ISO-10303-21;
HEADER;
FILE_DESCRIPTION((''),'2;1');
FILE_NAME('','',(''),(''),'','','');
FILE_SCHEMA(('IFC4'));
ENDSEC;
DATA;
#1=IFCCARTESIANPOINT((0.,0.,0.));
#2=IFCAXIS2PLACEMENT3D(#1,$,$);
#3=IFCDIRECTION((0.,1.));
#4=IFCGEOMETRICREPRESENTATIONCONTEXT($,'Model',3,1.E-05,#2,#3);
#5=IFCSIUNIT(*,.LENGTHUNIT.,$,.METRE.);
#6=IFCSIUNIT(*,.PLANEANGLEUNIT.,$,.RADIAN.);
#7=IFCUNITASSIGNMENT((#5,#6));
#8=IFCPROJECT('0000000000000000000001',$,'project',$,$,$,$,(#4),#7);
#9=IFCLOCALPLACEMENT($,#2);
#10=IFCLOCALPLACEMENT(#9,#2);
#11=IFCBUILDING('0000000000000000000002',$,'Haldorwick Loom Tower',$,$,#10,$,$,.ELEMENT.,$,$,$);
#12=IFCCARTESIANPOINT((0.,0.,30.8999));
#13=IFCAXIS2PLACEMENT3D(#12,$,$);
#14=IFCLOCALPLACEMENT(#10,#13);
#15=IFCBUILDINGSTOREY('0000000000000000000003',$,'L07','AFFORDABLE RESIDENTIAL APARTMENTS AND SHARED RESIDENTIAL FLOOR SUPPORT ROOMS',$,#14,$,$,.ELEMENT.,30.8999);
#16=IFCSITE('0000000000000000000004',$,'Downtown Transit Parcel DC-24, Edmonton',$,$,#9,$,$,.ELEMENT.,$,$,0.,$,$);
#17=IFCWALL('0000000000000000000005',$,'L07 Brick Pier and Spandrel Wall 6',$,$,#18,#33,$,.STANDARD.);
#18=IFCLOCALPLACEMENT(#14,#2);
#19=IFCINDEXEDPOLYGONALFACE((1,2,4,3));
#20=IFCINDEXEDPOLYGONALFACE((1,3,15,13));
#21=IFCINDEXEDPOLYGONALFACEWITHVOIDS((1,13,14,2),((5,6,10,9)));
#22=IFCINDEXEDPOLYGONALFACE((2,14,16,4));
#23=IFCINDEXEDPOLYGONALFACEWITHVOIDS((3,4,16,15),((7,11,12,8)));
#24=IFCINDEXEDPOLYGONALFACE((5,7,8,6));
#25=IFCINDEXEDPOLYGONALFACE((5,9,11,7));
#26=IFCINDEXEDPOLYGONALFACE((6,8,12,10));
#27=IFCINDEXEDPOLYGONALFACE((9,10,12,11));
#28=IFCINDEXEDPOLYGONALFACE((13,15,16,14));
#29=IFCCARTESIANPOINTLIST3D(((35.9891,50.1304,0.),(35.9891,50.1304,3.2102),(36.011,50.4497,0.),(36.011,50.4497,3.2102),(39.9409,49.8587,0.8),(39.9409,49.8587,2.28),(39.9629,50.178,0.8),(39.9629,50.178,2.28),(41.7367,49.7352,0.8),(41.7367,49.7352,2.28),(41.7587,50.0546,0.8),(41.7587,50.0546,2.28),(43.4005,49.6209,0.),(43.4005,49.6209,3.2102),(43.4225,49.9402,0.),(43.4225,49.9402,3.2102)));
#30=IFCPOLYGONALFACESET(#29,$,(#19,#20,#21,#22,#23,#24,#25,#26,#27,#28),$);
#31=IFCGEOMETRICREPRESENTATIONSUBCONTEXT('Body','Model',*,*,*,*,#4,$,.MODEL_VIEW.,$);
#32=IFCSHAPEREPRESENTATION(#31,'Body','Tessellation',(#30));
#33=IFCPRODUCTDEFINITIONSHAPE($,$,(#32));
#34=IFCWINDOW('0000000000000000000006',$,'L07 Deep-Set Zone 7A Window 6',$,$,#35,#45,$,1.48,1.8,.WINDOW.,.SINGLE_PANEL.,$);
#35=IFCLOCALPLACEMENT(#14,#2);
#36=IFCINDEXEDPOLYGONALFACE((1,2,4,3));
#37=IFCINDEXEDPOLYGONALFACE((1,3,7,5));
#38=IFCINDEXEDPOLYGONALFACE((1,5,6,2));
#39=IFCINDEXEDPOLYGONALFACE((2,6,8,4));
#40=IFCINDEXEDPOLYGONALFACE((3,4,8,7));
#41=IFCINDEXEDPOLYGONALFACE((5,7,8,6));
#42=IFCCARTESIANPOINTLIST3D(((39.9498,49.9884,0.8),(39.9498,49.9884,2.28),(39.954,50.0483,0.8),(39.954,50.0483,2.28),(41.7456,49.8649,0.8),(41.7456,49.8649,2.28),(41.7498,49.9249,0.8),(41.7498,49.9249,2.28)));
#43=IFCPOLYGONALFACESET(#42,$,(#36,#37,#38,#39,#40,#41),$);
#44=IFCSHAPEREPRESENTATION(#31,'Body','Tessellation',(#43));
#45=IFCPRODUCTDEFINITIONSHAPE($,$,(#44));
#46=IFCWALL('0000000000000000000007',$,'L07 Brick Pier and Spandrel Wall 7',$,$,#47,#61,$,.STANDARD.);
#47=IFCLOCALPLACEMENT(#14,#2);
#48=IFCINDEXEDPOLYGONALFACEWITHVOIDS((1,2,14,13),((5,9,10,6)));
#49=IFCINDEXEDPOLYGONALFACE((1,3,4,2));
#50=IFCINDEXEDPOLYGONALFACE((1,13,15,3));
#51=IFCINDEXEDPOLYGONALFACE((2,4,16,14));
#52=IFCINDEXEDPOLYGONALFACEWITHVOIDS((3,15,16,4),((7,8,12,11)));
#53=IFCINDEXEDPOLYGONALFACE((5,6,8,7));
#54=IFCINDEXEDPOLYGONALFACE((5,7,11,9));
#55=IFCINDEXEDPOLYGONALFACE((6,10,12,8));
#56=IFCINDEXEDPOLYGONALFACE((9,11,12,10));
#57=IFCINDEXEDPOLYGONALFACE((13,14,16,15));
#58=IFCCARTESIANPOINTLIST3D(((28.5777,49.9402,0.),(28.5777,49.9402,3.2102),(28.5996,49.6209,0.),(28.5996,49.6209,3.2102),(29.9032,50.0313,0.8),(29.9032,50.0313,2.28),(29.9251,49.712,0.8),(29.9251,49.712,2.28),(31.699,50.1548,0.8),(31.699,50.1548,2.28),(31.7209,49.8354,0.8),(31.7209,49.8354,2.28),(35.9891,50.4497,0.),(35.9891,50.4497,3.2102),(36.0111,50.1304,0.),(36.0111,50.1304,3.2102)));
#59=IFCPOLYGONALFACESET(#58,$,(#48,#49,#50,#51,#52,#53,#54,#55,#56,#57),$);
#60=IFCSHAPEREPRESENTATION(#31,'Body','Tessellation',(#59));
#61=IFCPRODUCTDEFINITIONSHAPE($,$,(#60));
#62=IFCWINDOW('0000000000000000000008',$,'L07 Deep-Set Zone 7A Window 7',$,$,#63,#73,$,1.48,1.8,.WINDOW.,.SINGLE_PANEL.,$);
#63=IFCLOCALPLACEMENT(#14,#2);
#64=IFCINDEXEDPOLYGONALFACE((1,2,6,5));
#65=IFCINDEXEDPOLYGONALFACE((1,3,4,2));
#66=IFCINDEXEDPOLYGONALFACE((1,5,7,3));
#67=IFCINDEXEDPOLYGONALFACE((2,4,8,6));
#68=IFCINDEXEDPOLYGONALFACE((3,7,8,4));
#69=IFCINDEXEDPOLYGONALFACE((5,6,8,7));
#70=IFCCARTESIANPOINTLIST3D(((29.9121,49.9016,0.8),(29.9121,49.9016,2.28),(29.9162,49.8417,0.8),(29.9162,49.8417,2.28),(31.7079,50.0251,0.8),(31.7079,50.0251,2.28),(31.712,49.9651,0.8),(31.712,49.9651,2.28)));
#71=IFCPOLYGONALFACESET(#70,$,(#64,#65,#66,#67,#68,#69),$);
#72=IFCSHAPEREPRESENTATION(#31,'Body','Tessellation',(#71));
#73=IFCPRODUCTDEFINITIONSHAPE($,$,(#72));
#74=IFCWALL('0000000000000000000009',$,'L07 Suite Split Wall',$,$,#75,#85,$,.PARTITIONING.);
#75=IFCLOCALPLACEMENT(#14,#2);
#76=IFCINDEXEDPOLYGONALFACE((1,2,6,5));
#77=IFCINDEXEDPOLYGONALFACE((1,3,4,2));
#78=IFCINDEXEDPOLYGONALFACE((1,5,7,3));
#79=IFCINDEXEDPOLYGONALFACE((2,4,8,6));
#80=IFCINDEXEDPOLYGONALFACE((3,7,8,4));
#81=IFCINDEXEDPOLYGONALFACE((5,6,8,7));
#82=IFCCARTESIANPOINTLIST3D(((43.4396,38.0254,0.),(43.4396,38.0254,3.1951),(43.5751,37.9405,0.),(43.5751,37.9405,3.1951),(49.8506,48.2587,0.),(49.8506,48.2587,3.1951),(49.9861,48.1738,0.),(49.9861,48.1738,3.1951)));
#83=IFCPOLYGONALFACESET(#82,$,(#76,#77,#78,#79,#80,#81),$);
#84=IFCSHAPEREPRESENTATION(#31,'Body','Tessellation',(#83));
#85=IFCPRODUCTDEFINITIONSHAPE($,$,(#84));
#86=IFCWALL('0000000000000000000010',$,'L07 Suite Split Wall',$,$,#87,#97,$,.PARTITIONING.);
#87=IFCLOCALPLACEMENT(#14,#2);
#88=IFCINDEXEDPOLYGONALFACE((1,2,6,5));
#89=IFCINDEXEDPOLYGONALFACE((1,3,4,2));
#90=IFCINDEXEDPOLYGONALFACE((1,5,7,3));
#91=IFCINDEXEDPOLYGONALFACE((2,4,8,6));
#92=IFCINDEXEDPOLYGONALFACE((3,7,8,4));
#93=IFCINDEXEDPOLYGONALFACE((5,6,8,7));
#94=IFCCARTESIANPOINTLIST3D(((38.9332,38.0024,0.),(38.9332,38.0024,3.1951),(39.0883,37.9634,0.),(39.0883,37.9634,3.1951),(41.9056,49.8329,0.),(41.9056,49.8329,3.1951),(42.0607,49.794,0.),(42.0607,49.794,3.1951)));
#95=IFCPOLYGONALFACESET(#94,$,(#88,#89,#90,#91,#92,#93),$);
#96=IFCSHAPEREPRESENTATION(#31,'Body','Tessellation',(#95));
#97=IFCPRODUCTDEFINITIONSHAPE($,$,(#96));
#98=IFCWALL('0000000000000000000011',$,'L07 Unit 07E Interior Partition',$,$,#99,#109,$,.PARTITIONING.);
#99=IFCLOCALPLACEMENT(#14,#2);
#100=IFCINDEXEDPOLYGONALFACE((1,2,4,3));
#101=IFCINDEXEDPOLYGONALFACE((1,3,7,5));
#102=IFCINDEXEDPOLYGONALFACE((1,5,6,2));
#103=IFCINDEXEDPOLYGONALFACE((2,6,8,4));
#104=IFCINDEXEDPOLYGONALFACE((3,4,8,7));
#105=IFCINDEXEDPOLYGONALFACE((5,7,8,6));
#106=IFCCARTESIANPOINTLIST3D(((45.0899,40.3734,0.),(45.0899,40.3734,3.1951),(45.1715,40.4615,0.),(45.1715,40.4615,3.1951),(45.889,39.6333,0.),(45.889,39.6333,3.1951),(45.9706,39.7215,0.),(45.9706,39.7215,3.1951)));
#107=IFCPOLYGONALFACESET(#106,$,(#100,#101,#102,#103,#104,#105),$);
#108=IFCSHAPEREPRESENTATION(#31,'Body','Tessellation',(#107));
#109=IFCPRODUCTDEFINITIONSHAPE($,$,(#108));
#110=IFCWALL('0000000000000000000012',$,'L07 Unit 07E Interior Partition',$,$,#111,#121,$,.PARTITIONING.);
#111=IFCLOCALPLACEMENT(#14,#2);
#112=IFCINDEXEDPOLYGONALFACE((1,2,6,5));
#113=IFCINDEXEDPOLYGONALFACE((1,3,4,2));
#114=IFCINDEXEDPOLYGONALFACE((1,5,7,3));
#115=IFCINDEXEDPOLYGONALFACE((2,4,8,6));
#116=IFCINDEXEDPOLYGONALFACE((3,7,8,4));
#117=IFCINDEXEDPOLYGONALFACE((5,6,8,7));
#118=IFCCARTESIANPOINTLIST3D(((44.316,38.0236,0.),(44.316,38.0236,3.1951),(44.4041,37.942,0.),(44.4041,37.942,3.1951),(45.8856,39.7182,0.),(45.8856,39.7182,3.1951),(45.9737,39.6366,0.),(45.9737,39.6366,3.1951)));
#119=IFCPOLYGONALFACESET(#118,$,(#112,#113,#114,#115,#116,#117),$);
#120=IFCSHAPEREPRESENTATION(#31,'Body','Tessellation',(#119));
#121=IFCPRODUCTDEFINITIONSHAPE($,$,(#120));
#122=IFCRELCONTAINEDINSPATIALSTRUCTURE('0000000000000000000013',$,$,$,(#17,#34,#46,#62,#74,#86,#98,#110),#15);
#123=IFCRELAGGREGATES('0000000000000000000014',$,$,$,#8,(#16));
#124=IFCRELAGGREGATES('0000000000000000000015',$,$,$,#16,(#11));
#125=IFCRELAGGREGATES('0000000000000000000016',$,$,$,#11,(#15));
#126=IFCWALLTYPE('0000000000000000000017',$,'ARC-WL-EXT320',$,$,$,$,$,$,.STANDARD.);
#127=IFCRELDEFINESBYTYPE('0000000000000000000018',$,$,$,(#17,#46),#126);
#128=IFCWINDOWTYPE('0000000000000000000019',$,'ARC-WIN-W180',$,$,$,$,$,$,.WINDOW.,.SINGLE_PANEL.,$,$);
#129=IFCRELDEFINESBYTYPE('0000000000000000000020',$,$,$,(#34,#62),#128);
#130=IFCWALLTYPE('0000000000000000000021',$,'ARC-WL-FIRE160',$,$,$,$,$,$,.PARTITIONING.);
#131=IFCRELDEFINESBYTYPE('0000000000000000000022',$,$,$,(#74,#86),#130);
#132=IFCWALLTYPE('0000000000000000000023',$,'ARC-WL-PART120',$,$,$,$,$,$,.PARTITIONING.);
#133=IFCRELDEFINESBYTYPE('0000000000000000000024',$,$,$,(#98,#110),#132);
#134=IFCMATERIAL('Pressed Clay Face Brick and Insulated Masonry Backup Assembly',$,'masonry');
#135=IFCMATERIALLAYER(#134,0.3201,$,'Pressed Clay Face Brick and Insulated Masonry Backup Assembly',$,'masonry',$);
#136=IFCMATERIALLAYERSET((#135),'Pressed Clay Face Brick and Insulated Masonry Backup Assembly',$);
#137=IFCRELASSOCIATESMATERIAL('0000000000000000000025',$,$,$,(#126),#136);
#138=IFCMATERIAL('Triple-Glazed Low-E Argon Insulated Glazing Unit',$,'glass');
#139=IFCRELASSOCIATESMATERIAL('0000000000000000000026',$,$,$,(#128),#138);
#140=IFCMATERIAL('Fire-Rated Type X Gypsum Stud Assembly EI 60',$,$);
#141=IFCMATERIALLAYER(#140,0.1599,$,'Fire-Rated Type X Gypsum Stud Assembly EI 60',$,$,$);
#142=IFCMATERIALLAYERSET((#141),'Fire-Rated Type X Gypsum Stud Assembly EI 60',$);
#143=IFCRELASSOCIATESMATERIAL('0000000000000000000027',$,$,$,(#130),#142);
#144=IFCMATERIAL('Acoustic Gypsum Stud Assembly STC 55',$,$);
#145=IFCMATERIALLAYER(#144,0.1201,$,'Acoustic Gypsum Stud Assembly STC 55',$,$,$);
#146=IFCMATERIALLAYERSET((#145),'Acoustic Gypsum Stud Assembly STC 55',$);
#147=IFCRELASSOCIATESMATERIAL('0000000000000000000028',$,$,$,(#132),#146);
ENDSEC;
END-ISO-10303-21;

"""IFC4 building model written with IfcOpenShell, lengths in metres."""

from ifc_helpers import new_model, si_unit, direction, frame, frame_2d, origin, place, context, subcontext, project, spatial, rectangle, extrude, material, layer, layer_set, type_object, element, fill, save


model = new_model("IFC4")

# Units and contexts
model_context = context("Model", 3, precision=1e-05, world=origin(), true_north=direction((0.0, 1.0)))
body_context = subcontext(model_context, "Body", "Model", "MODEL_VIEW")
ifc_project = project(units=[si_unit("LENGTHUNIT", "METRE"), si_unit("PLANEANGLEUNIT", "RADIAN")], contexts=[model_context])

# Site, building, storey
site_placement = place(None, origin())
site = spatial("IfcSite", under=ifc_project, at=site_placement, Name="Downtown Transit Parcel DC-24, Edmonton", CompositionType="ELEMENT", RefElevation=0.0)
building_placement = place(site_placement, origin())
building = spatial("IfcBuilding", under=site, at=building_placement, Name="Haldorwick Loom Tower", CompositionType="ELEMENT")
storey_placement = place(building_placement, frame((0.0, 0.0, 30.8999)))
storey = spatial("IfcBuildingStorey", under=building, at=storey_placement, Name="L07", Description="AFFORDABLE RESIDENTIAL APARTMENTS AND SHARED RESIDENTIAL FLOOR SUPPORT ROOMS", CompositionType="ELEMENT", Elevation=30.8999)

# Walls, openings, windows
ifc_material_1 = material(Name="Pressed Clay Face Brick and Insulated Masonry Backup Assembly", Category="masonry")
ifc_layer_1 = layer(ifc_material_1, 0.3201, Name="Pressed Clay Face Brick and Insulated Masonry Backup Assembly", Category="masonry")
ifc_layer_set_1 = layer_set([ifc_layer_1], Name="Pressed Clay Face Brick and Insulated Masonry Backup Assembly")
wall_type_1 = type_object("IfcWallType", Name="ARC-WL-EXT320", PredefinedType="STANDARD", material=ifc_layer_set_1)
wall_1_placement = place(storey_placement, frame((43.4114, 49.7805, 0.0), z_axis=(0.0, 0.0, 1.0), x_axis=(-0.997645, 0.068587, 0.0)))
wall_1 = element("IfcWall", 1, at=wall_1_placement, inside=storey, type_object=wall_type_1, Name="L07 Brick Pier and Spandrel Wall 6", PredefinedType="STANDARD", context=body_context, shape_type="SweptSolid", body=[
    extrude(rectangle(XDim=7.429, YDim=0.3201, at=frame_2d((3.7144, 0.0))), origin(), (0.0, 0.0, 1.0), 3.2102),
])
opening_1_placement = place(wall_1_placement, frame((1.6677, 0.0, 0.8)))
opening_1 = element("IfcOpeningElement", 2, at=opening_1_placement, cuts=wall_1, PredefinedType="OPENING", context=body_context, shape_type="SweptSolid", body=[
    extrude(rectangle(XDim=1.8, YDim=1.48, at=frame_2d((0.8999, 0.74))), frame((0.0, 0.1699, 0.0), z_axis=(0.0, -1.0, 0.0), x_axis=(1.0, 0.0, 0.0)), (0.0, 0.0, 1.0), 0.3401),
])
ifc_material_2 = material(Name="Triple-Glazed Low-E Argon Insulated Glazing Unit", Category="glass")
window_type = type_object("IfcWindowType", Name="ARC-WIN-W180", PartitioningType="SINGLE_PANEL", PredefinedType="WINDOW", material=ifc_material_2)
window_1_placement = place(opening_1_placement, origin())
window_1 = element("IfcWindow", 3, at=window_1_placement, inside=storey, type_object=window_type, Name="L07 Deep-Set Zone 7A Window 6", OverallHeight=1.48, OverallWidth=1.8, PartitioningType="SINGLE_PANEL", PredefinedType="WINDOW", context=body_context, shape_type="SweptSolid", body=[
    extrude(rectangle(XDim=1.8, YDim=1.48, at=frame_2d((0.8999, 0.74))), frame((0.0, 0.03, 0.0), z_axis=(0.0, -1.0, 0.0), x_axis=(1.0, 0.0, 0.0)), (0.0, 0.0, 1.0), 0.0601),
])
fill(opening_1, window_1)
wall_2_placement = place(storey_placement, frame((36.0, 50.29, 0.0), z_axis=(0.0, 0.0, 1.0), x_axis=(-0.997645, -0.068587, 0.0)))
wall_2 = element("IfcWall", 4, at=wall_2_placement, inside=storey, type_object=wall_type_1, Name="L07 Brick Pier and Spandrel Wall 7", PredefinedType="STANDARD", context=body_context, shape_type="SweptSolid", body=[
    extrude(rectangle(XDim=7.429, YDim=0.3201, at=frame_2d((3.7144, 0.0))), origin(), (0.0, 0.0, 1.0), 3.2102),
])
opening_2_placement = place(wall_2_placement, frame((4.3003, 0.0, 0.8)))
opening_2 = element("IfcOpeningElement", 5, at=opening_2_placement, cuts=wall_2, PredefinedType="OPENING", context=body_context, shape_type="SweptSolid", body=[
    extrude(rectangle(XDim=1.8, YDim=1.48, at=frame_2d((0.8999, 0.74))), frame((0.0, 0.1699, 0.0), z_axis=(0.0, -1.0, 0.0), x_axis=(1.0, 0.0, 0.0)), (0.0, 0.0, 1.0), 0.3401),
])
window_2_placement = place(opening_2_placement, origin())
window_2 = element("IfcWindow", 6, at=window_2_placement, inside=storey, type_object=window_type, Name="L07 Deep-Set Zone 7A Window 7", OverallHeight=1.48, OverallWidth=1.8, PartitioningType="SINGLE_PANEL", PredefinedType="WINDOW", context=body_context, shape_type="SweptSolid", body=[
    extrude(rectangle(XDim=1.8, YDim=1.48, at=frame_2d((0.8999, 0.74))), frame((0.0, 0.03, 0.0), z_axis=(0.0, -1.0, 0.0), x_axis=(1.0, 0.0, 0.0)), (0.0, 0.0, 1.0), 0.0601),
])
fill(opening_2, window_2)

# Walls
ifc_material_3 = material(Name="Fire-Rated Type X Gypsum Stud Assembly EI 60")
ifc_layer_2 = layer(ifc_material_3, 0.1599, Name="Fire-Rated Type X Gypsum Stud Assembly EI 60")
ifc_layer_set_2 = layer_set([ifc_layer_2], Name="Fire-Rated Type X Gypsum Stud Assembly EI 60")
wall_type_2 = type_object("IfcWallType", Name="ARC-WL-FIRE160", PredefinedType="PARTITIONING", material=ifc_layer_set_2)
wall_3_placement = place(storey_placement, frame((43.5073, 37.9829, 0.0), z_axis=(0.0, 0.0, 1.0), x_axis=(0.530907, 0.84743, 0.0)))
element("IfcWall", 7, at=wall_3_placement, inside=storey, type_object=wall_type_2, Name="L07 Suite Split Wall", PredefinedType="PARTITIONING", context=body_context, shape_type="SweptSolid", body=[
    extrude(rectangle(XDim=12.0757, YDim=0.1599, at=frame_2d((6.0378, 0.0))), origin(), (0.0, 0.0, 1.0), 3.1951),
])
wall_4_placement = place(storey_placement, frame((39.0107, 37.9829, 0.0), z_axis=(0.0, 0.0, 1.0), x_axis=(0.243675, 0.969857, 0.0)))
element("IfcWall", 8, at=wall_4_placement, inside=storey, type_object=wall_type_2, Name="L07 Suite Split Wall", PredefinedType="PARTITIONING", context=body_context, shape_type="SweptSolid", body=[
    extrude(rectangle(XDim=12.1982, YDim=0.1599, at=frame_2d((6.0991, 0.0))), origin(), (0.0, 0.0, 1.0), 3.1951),
])
ifc_material_4 = material(Name="Acoustic Gypsum Stud Assembly STC 55")
ifc_layer_3 = layer(ifc_material_4, 0.1201, Name="Acoustic Gypsum Stud Assembly STC 55")
ifc_layer_set_3 = layer_set([ifc_layer_3], Name="Acoustic Gypsum Stud Assembly STC 55")
wall_type_3 = type_object("IfcWallType", Name="ARC-WL-PART120", PredefinedType="PARTITIONING", material=ifc_layer_set_3)
wall_5_placement = place(storey_placement, frame((45.9297, 39.6775, 0.0), z_axis=(0.0, 0.0, 1.0), x_axis=(-0.733711, 0.679462, 0.0)))
element("IfcWall", 9, at=wall_5_placement, inside=storey, type_object=wall_type_3, Name="L07 Unit 07E Interior Partition", PredefinedType="PARTITIONING", context=body_context, shape_type="SweptSolid", body=[
    extrude(rectangle(XDim=1.0891, YDim=0.1201, at=frame_2d((0.5444, 0.0))), origin(), (0.0, 0.0, 1.0), 3.1951),
])
wall_6_placement = place(storey_placement, frame((44.3601, 37.9829, 0.0), z_axis=(0.0, 0.0, 1.0), x_axis=(0.67953, 0.733647, 0.0)))
element("IfcWall", 10, at=wall_6_placement, inside=storey, type_object=wall_type_3, Name="L07 Unit 07E Interior Partition", PredefinedType="PARTITIONING", context=body_context, shape_type="SweptSolid", body=[
    extrude(rectangle(XDim=2.3098, YDim=0.1201, at=frame_2d((1.1548, 0.0))), origin(), (0.0, 0.0, 1.0), 3.1951),
])

save(model, "model.ifc")
